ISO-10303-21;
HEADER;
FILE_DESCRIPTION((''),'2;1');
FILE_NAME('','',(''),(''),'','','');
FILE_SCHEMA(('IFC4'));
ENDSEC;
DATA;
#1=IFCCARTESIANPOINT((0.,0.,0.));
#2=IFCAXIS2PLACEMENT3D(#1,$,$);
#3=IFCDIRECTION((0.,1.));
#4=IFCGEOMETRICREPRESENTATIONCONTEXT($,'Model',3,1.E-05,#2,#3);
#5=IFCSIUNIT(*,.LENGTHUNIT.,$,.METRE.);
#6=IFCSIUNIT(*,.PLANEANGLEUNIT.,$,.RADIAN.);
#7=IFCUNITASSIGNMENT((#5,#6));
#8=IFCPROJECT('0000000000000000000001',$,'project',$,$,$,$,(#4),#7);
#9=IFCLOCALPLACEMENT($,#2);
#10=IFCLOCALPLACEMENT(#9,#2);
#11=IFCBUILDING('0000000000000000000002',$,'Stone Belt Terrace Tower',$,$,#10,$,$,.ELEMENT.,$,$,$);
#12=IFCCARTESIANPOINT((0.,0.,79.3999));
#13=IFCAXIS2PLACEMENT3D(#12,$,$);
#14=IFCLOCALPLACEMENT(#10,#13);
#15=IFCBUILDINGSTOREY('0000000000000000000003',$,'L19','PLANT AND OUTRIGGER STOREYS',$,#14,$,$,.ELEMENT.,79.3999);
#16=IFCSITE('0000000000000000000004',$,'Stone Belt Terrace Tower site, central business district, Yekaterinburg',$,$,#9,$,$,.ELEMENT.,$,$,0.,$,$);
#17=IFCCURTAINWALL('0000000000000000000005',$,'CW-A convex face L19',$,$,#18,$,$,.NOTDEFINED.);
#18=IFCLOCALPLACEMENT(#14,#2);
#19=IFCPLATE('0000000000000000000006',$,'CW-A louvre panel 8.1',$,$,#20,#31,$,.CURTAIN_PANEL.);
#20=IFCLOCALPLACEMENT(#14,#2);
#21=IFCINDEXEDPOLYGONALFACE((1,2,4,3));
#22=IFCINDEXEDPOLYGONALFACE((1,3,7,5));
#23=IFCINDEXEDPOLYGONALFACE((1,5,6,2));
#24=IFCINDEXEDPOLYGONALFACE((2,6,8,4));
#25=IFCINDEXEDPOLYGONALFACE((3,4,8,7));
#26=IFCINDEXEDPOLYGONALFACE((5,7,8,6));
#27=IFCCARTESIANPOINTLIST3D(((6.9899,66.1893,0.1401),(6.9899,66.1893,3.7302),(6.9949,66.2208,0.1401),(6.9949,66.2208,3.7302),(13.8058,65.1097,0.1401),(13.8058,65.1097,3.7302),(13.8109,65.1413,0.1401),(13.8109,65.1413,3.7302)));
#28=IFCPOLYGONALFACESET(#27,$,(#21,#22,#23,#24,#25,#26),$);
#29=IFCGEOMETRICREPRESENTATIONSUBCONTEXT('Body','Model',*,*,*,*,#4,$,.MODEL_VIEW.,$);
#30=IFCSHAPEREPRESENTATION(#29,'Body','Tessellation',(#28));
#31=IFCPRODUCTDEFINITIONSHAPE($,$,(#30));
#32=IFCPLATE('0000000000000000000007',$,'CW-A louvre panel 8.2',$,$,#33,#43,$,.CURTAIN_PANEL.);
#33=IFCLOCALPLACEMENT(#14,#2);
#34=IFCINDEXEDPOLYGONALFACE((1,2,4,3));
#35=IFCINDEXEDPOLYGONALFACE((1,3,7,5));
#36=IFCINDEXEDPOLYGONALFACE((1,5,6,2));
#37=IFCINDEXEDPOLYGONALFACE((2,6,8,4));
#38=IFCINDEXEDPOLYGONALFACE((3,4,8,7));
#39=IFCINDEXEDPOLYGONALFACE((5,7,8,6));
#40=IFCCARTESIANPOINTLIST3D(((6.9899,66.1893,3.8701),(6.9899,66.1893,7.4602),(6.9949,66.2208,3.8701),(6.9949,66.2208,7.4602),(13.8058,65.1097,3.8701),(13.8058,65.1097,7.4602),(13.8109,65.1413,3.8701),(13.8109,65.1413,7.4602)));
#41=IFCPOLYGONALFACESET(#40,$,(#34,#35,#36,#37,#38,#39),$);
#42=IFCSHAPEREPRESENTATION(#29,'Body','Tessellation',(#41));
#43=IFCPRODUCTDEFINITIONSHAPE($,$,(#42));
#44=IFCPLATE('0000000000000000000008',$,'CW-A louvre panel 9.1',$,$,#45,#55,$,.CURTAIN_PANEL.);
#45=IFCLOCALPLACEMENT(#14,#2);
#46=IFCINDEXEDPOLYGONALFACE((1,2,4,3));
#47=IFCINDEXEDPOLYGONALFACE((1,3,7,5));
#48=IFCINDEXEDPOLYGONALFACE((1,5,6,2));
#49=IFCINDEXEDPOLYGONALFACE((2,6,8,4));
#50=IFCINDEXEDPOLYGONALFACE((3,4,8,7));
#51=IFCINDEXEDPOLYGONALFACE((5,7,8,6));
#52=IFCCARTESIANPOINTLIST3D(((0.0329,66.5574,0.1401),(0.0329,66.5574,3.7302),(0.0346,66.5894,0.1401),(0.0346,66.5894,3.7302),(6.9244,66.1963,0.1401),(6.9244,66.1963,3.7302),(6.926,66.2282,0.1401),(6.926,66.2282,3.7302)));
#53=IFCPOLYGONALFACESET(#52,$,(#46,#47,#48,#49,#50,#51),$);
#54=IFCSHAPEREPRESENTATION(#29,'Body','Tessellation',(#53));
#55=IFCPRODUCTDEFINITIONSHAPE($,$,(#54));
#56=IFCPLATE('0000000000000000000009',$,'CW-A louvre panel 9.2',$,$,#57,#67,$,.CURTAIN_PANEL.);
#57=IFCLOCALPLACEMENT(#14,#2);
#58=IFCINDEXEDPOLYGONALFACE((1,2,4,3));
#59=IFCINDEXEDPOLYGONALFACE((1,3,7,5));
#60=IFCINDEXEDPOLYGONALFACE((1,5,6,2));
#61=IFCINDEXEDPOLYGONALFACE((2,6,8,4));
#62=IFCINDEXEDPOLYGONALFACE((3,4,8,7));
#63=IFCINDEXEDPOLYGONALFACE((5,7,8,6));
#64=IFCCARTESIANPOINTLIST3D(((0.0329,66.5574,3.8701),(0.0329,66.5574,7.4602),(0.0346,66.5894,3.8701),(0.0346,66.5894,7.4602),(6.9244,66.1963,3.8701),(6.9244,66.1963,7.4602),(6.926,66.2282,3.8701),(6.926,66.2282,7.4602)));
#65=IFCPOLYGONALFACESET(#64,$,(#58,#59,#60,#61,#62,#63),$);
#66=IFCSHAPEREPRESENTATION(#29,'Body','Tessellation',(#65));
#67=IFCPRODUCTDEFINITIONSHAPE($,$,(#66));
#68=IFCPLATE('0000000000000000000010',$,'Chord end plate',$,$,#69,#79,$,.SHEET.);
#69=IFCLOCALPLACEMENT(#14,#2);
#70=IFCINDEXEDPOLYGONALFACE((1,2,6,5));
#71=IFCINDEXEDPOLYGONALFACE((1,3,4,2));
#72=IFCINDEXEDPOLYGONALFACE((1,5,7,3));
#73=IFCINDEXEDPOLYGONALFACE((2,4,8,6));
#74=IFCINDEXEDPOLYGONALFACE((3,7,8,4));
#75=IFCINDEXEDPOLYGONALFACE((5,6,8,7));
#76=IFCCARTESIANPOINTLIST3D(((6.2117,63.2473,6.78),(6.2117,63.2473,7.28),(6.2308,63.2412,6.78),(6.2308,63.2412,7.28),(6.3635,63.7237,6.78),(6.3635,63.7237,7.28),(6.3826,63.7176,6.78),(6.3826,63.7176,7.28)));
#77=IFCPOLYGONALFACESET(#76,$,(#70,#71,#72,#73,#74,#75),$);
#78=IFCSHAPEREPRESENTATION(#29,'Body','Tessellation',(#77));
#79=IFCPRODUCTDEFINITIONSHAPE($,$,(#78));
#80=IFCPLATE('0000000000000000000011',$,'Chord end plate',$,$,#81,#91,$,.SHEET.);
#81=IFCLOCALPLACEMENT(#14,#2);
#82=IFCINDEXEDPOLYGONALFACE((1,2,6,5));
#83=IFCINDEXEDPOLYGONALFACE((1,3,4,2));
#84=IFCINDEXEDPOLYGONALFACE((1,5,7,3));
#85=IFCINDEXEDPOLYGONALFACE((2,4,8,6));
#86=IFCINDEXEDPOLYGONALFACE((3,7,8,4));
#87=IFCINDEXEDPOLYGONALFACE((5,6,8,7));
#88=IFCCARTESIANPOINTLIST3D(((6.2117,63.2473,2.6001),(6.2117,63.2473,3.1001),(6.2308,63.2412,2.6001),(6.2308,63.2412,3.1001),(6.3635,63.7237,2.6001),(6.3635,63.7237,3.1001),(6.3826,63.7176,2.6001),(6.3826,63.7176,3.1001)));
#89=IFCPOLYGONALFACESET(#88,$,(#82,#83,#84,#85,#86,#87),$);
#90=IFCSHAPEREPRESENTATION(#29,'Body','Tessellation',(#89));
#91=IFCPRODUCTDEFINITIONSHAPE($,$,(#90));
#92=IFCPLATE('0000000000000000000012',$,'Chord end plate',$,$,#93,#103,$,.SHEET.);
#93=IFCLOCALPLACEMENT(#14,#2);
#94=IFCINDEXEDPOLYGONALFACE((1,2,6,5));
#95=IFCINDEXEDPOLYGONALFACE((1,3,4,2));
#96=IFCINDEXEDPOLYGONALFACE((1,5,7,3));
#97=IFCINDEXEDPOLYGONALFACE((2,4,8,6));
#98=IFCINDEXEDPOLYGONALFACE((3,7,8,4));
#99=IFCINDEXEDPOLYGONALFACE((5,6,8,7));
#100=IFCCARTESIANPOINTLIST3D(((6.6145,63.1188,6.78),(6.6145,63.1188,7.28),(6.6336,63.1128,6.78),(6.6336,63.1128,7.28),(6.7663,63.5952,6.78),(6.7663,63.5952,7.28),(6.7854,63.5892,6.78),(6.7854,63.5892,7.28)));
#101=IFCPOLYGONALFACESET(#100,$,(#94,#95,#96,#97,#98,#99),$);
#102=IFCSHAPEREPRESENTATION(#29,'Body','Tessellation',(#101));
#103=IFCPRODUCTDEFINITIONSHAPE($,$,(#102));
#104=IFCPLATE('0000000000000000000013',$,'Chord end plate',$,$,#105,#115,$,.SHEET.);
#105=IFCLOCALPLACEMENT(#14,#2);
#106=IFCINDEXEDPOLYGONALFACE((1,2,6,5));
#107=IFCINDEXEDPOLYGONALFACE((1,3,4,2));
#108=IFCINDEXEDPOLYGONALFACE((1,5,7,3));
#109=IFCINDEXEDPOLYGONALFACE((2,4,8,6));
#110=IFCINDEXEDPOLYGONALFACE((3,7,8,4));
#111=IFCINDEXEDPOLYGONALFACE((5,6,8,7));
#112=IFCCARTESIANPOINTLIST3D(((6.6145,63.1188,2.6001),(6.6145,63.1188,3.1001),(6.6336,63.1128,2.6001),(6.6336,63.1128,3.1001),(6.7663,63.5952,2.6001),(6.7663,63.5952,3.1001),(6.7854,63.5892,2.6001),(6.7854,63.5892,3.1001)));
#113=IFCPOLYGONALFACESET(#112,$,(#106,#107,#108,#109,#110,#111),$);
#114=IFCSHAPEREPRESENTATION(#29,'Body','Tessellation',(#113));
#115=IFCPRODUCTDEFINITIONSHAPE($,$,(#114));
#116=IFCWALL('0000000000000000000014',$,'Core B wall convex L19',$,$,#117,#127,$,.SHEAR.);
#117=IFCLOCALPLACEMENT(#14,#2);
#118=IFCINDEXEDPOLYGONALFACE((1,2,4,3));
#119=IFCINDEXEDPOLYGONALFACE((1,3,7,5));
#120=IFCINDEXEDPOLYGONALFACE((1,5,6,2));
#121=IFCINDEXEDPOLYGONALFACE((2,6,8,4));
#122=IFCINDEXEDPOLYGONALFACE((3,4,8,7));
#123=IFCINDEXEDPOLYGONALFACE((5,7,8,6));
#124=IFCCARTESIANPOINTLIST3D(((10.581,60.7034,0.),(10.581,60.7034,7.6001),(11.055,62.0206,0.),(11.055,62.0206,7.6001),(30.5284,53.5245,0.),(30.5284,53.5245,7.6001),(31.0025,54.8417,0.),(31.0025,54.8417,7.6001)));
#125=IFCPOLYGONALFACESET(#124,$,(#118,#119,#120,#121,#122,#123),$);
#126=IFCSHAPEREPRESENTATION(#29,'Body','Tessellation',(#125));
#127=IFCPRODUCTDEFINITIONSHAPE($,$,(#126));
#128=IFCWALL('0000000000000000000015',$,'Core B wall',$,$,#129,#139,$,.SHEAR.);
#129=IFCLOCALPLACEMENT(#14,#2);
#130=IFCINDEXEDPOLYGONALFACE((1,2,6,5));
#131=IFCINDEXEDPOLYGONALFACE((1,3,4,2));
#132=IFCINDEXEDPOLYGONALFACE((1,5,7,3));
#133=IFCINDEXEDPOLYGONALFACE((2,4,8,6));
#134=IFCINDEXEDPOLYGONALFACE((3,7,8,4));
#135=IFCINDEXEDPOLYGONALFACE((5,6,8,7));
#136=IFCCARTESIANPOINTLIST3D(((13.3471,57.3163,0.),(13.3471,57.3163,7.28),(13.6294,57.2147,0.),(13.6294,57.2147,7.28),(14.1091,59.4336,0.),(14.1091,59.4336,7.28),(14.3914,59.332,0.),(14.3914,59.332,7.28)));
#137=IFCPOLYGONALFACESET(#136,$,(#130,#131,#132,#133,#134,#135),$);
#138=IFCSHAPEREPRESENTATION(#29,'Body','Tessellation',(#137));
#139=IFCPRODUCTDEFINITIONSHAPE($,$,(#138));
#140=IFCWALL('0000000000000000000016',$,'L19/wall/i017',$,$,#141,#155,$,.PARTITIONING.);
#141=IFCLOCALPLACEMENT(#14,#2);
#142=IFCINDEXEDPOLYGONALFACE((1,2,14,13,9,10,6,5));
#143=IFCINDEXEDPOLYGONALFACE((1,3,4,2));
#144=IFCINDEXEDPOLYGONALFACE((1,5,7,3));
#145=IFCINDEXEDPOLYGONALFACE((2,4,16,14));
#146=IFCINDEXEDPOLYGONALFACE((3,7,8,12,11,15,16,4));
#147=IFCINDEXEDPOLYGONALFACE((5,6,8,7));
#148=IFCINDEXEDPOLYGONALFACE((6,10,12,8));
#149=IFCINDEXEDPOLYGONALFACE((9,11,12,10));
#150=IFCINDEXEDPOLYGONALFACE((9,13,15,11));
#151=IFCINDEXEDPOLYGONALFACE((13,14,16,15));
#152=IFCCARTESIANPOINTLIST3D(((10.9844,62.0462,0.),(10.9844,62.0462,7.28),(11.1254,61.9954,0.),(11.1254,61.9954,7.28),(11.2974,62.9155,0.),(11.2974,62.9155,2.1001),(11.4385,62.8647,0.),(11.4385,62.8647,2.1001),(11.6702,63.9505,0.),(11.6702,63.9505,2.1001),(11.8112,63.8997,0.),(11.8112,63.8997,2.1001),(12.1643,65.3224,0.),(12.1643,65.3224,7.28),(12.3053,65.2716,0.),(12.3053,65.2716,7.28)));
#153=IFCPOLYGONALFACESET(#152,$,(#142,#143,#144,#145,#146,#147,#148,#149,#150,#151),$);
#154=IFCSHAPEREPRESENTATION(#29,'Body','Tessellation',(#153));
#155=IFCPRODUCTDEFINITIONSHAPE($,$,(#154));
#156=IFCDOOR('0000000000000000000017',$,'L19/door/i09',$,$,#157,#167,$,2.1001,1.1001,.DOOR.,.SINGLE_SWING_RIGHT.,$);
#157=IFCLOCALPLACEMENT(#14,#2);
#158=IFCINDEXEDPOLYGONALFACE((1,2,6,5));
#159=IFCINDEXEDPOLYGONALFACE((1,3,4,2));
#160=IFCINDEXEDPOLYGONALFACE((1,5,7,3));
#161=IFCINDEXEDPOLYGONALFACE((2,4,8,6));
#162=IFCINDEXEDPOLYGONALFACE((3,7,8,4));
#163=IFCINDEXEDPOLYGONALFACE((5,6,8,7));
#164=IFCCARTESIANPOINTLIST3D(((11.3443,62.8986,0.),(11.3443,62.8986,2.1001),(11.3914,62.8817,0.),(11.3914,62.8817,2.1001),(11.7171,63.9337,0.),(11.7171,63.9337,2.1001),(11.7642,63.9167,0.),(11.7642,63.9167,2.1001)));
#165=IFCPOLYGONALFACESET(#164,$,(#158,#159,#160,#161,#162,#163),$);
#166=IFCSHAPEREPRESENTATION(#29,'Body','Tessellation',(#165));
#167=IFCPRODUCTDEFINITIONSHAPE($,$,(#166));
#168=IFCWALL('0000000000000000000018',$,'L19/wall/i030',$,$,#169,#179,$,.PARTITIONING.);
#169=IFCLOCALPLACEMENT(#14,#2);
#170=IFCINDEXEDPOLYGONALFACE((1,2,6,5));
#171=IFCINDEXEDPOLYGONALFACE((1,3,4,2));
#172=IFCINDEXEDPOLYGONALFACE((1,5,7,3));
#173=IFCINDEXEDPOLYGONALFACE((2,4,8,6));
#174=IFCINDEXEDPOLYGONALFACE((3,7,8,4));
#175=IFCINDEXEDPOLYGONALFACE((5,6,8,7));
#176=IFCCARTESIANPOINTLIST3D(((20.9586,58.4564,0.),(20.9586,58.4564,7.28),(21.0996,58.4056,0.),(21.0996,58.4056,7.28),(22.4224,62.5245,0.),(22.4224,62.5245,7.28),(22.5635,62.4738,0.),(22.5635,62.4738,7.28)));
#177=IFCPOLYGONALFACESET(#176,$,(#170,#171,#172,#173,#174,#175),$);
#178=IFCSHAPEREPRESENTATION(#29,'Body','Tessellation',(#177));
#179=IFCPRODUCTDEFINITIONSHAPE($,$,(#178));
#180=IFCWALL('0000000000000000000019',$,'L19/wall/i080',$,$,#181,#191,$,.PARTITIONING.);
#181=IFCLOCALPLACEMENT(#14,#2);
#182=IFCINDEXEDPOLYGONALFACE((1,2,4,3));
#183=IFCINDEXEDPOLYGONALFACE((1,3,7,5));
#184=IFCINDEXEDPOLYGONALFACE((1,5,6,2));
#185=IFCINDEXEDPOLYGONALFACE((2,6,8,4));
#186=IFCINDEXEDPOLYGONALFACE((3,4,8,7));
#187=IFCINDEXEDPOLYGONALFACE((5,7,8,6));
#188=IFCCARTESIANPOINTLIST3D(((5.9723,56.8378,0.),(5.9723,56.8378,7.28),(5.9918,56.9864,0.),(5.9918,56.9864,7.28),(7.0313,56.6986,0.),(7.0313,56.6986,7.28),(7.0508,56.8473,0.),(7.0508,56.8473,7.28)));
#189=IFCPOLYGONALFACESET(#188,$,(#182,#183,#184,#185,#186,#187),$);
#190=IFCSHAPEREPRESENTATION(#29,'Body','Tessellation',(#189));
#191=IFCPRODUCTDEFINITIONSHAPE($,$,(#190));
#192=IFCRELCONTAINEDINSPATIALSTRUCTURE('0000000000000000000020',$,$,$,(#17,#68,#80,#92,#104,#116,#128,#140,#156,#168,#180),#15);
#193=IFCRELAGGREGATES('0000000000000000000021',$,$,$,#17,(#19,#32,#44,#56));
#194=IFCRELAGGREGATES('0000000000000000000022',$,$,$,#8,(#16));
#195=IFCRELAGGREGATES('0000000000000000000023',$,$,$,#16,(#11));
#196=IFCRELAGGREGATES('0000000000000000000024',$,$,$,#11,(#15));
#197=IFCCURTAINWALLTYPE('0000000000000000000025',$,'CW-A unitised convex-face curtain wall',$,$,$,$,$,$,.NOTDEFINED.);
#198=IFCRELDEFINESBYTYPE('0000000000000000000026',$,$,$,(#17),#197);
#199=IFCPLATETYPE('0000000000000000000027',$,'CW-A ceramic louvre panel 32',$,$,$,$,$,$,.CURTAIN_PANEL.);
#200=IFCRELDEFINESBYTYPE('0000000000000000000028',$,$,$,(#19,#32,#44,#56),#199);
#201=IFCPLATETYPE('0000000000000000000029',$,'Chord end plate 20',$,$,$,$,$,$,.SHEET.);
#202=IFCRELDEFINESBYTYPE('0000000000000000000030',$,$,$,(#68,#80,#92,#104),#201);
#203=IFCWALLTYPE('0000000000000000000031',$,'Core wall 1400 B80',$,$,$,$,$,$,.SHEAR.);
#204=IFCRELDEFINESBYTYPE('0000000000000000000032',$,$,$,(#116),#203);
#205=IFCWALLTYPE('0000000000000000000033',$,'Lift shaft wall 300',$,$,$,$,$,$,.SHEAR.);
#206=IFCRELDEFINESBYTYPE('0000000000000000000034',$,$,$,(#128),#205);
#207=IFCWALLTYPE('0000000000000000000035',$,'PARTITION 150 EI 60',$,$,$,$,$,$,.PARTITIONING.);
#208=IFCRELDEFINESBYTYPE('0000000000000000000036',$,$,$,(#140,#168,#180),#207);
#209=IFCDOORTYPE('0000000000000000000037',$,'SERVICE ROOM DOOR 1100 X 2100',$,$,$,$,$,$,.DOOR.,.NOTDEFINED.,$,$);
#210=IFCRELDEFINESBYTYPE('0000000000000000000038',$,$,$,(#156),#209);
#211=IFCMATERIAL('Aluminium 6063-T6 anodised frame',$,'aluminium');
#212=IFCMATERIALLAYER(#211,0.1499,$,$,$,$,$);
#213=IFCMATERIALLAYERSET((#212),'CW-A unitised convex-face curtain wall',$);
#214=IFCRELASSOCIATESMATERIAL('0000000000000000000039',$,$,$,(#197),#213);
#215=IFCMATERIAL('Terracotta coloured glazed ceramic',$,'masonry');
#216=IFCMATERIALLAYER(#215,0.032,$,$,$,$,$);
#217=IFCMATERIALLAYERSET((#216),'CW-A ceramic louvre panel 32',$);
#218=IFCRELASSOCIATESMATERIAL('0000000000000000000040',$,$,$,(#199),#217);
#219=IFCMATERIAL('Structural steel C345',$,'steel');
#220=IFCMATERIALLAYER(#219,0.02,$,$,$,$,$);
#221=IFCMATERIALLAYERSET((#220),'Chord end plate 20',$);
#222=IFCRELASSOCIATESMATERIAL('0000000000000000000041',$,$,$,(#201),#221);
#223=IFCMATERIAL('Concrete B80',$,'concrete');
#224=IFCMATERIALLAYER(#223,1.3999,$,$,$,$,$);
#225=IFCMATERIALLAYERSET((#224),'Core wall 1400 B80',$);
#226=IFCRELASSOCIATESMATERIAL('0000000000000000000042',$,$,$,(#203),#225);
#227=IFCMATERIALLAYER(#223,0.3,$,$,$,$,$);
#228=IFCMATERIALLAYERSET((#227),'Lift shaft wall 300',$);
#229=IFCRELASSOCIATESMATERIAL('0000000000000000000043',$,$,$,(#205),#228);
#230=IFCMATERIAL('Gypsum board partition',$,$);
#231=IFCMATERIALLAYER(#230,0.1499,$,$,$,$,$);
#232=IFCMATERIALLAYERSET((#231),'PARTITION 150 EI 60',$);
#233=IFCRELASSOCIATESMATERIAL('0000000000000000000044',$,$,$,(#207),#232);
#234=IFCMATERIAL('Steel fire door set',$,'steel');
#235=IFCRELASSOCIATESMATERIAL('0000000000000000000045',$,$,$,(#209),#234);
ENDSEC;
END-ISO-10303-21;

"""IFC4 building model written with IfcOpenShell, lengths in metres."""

from ifc_helpers import new_model, si_unit, direction, frame, frame_2d, origin, origin_2d, place, context, subcontext, project, spatial, rectangle, extrude, material, layer, layer_set, type_object, element, fill, aggregate, save


model = new_model("IFC4")

# Units and contexts
model_context = context("Model", 3, precision=1e-05, world=origin(), true_north=direction((0.0, 1.0)))
body_context = subcontext(model_context, "Body", "Model", "MODEL_VIEW")
ifc_project = project(units=[si_unit("LENGTHUNIT", "METRE"), si_unit("PLANEANGLEUNIT", "RADIAN")], contexts=[model_context])

# Site, building, storey
site_placement = place(None, origin())
site = spatial("IfcSite", under=ifc_project, at=site_placement, Name="Stone Belt Terrace Tower site, central business district, Yekaterinburg", CompositionType="ELEMENT", RefElevation=0.0)
building_placement = place(site_placement, origin())
building = spatial("IfcBuilding", under=site, at=building_placement, Name="Stone Belt Terrace Tower", CompositionType="ELEMENT")
storey_placement = place(building_placement, frame((0.0, 0.0, 79.3999)))
storey = spatial("IfcBuildingStorey", under=building, at=storey_placement, Name="L19", Description="PLANT AND OUTRIGGER STOREYS", CompositionType="ELEMENT", Elevation=79.3999)

# Shared definitions
ifc_material_1 = material(Name="Concrete B80", Category="concrete")

# Curtain wall
ifc_material_2 = material(Name="Aluminium 6063-T6 anodised frame", Category="aluminium")
ifc_layer_1 = layer(ifc_material_2, 0.1499)
ifc_layer_set_1 = layer_set([ifc_layer_1], Name="CW-A unitised convex-face curtain wall")
curtain_wall_type = type_object("IfcCurtainWallType", Name="CW-A unitised convex-face curtain wall", PredefinedType="NOTDEFINED", material=ifc_layer_set_1)
curtain_wall_placement = place(storey_placement, origin())
curtain_wall = element("IfcCurtainWall", 1, at=curtain_wall_placement, inside=storey, type_object=curtain_wall_type, Name="CW-A convex face L19", PredefinedType="NOTDEFINED")

# Shared definitions
ifc_material_3 = material(Name="Structural steel C345", Category="steel")

# Plates
ifc_material_4 = material(Name="Terracotta coloured glazed ceramic", Category="masonry")
ifc_layer_2 = layer(ifc_material_4, 0.032)
ifc_layer_set_2 = layer_set([ifc_layer_2], Name="CW-A ceramic louvre panel 32")
plate_type_1 = type_object("IfcPlateType", Name="CW-A ceramic louvre panel 32", PredefinedType="CURTAIN_PANEL", material=ifc_layer_set_2)
plate_1_placement = place(storey_placement, frame((10.4004, 65.6653, 0.1401), z_axis=(0.0, 0.0, 1.0), x_axis=(-0.987688, 0.156434, 0.0)))
plate_1 = element("IfcPlate", 2, at=plate_1_placement, type_object=plate_type_1, Name="CW-A louvre panel 8.1", PredefinedType="CURTAIN_PANEL", context=body_context, shape_type="SweptSolid", body=[
    extrude(rectangle(XDim=6.9009, YDim=0.032, at=origin_2d()), origin(), (0.0, 0.0, 1.0), 3.5901),
])
plate_2_placement = place(storey_placement, frame((10.4004, 65.6653, 3.8701), z_axis=(0.0, 0.0, 1.0), x_axis=(-0.987688, 0.156434, 0.0)))
plate_2 = element("IfcPlate", 3, at=plate_2_placement, type_object=plate_type_1, Name="CW-A louvre panel 8.2", PredefinedType="CURTAIN_PANEL", context=body_context, shape_type="SweptSolid", body=[
    extrude(rectangle(XDim=6.9009, YDim=0.032, at=origin_2d()), origin(), (0.0, 0.0, 1.0), 3.5901),
])
plate_3_placement = place(storey_placement, frame((3.4795, 66.3928, 0.1401), z_axis=(0.0, 0.0, 1.0), x_axis=(-0.99863, 0.052336, 0.0)))
plate_3 = element("IfcPlate", 4, at=plate_3_placement, type_object=plate_type_1, Name="CW-A louvre panel 9.1", PredefinedType="CURTAIN_PANEL", context=body_context, shape_type="SweptSolid", body=[
    extrude(rectangle(XDim=6.9009, YDim=0.032, at=origin_2d()), origin(), (0.0, 0.0, 1.0), 3.5901),
])
plate_4_placement = place(storey_placement, frame((3.4795, 66.3928, 3.8701), z_axis=(0.0, 0.0, 1.0), x_axis=(-0.99863, 0.052336, 0.0)))
plate_4 = element("IfcPlate", 5, at=plate_4_placement, type_object=plate_type_1, Name="CW-A louvre panel 9.2", PredefinedType="CURTAIN_PANEL", context=body_context, shape_type="SweptSolid", body=[
    extrude(rectangle(XDim=6.9009, YDim=0.032, at=origin_2d()), origin(), (0.0, 0.0, 1.0), 3.5901),
])
aggregate(curtain_wall, [plate_1, plate_2, plate_3, plate_4])

# Plates
ifc_layer_3 = layer(ifc_material_3, 0.02)
ifc_layer_set_3 = layer_set([ifc_layer_3], Name="Chord end plate 20")
plate_type_2 = type_object("IfcPlateType", Name="Chord end plate 20", PredefinedType="SHEET", material=ifc_layer_set_3)
for number, where, z_axis, x_axis, name in (
    (6, (6.2971, 63.4824, 6.78), (0.0, 0.0, 1.0), (0.952799, -0.303602, 0.0), "Chord end plate"),
    (7, (6.2971, 63.4824, 2.6001), (0.0, 0.0, 1.0), (0.952799, -0.303602, 0.0), "Chord end plate"),
    (8, (6.7, 63.354, 6.78), (0.0, 0.0, 1.0), (-0.952799, 0.303602, 0.0), "Chord end plate"),
    (9, (6.7, 63.354, 2.6001), (0.0, 0.0, 1.0), (-0.952799, 0.303602, 0.0), "Chord end plate"),
):
    element("IfcPlate", number, at=place(storey_placement, frame(where, z_axis=z_axis, x_axis=x_axis)), inside=storey, type_object=plate_type_2, Name=name, PredefinedType="SHEET", context=body_context, shape_type="SweptSolid", body=[
        extrude(rectangle(XDim=0.02, YDim=0.5, at=origin_2d()), origin(), (0.0, 0.0, 1.0), 0.5),
    ])

# Walls
ifc_layer_4 = layer(ifc_material_1, 1.3999)
ifc_layer_set_4 = layer_set([ifc_layer_4], Name="Core wall 1400 B80")
wall_type_1 = type_object("IfcWallType", Name="Core wall 1400 B80", PredefinedType="SHEAR", material=ifc_layer_set_4)
wall_1_placement = place(storey_placement, frame((10.8179, 61.3621, 0.0), z_axis=(0.0, 0.0, 1.0), x_axis=(0.94092, -0.33863, 0.0)))
element("IfcWall", 10, at=wall_1_placement, inside=storey, type_object=wall_type_1, Name="Core B wall convex L19", PredefinedType="SHEAR", context=body_context, shape_type="SweptSolid", body=[
    extrude(rectangle(XDim=21.2, YDim=1.3999, at=frame_2d((10.6001, 0.0))), origin(), (0.0, 0.0, 1.0), 7.6001),
])
ifc_layer_5 = layer(ifc_material_1, 0.3)
ifc_layer_set_5 = layer_set([ifc_layer_5], Name="Lift shaft wall 300")
wall_type_2 = type_object("IfcWallType", Name="Lift shaft wall 300", PredefinedType="SHEAR", material=ifc_layer_set_5)
wall_2_placement = place(storey_placement, frame((13.4883, 57.2656, 0.0), z_axis=(0.0, 0.0, 1.0), x_axis=(0.338631, 0.940919, 0.0)))
element("IfcWall", 11, at=wall_2_placement, inside=storey, type_object=wall_type_2, Name="Core B wall", PredefinedType="SHEAR", context=body_context, shape_type="SweptSolid", body=[
    extrude(rectangle(XDim=2.2502, YDim=0.3, at=frame_2d((1.125, 0.0))), origin(), (0.0, 0.0, 1.0), 7.28),
])

# Wall, opening, door
ifc_material_5 = material(Name="Gypsum board partition")
ifc_layer_6 = layer(ifc_material_5, 0.1499)
ifc_layer_set_6 = layer_set([ifc_layer_6], Name="PARTITION 150 EI 60")
wall_type_3 = type_object("IfcWallType", Name="PARTITION 150 EI 60", PredefinedType="PARTITIONING", material=ifc_layer_set_6)
wall_3_placement = place(storey_placement, frame((12.2349, 65.2971, 0.0), z_axis=(0.0, 0.0, 1.0), x_axis=(-0.338854, -0.940839, 0.0)))
wall_3 = element("IfcWall", 12, at=wall_3_placement, inside=storey, type_object=wall_type_3, Name="L19/wall/i017", PredefinedType="PARTITIONING", context=body_context, shape_type="SweptSolid", body=[
    extrude(rectangle(XDim=3.4822, YDim=0.1499, at=frame_2d((1.7412, 0.0))), origin(), (0.0, 0.0, 1.0), 7.28),
])
opening_placement = place(wall_3_placement, frame((1.4583, 0.0, 0.0)))
opening = element("IfcOpeningElement", 13, at=opening_placement, cuts=wall_3, PredefinedType="OPENING", context=body_context, shape_type="SweptSolid", body=[
    extrude(rectangle(XDim=1.1001, YDim=2.1001, at=frame_2d((0.55, 1.05))), frame((0.0, 0.085, 0.0), z_axis=(0.0, -1.0, 0.0), x_axis=(1.0, 0.0, 0.0)), (0.0, 0.0, 1.0), 0.1699),
])
ifc_material_6 = material(Name="Steel fire door set", Category="steel")
door_type = type_object("IfcDoorType", Name="SERVICE ROOM DOOR 1100 X 2100", OperationType="NOTDEFINED", PredefinedType="DOOR", material=ifc_material_6)
door_placement = place(opening_placement, origin())
door = element("IfcDoor", 14, at=door_placement, inside=storey, type_object=door_type, Name="L19/door/i09", OperationType="SINGLE_SWING_RIGHT", OverallHeight=2.1001, OverallWidth=1.1001, PredefinedType="DOOR", context=body_context, shape_type="SweptSolid", body=[
    extrude(rectangle(XDim=1.1001, YDim=2.1001, at=frame_2d((0.55, 1.05))), frame((0.0, 0.0249, 0.0), z_axis=(0.0, -1.0, 0.0), x_axis=(1.0, 0.0, 0.0)), (0.0, 0.0, 1.0), 0.05),
])
fill(opening, door)

# Walls
wall_4_placement = place(storey_placement, frame((22.4929, 62.499, 0.0), z_axis=(0.0, 0.0, 1.0), x_axis=(-0.338585, -0.940936, 0.0)))
element("IfcWall", 15, at=wall_4_placement, inside=storey, type_object=wall_type_3, Name="L19/wall/i030", PredefinedType="PARTITIONING", context=body_context, shape_type="SweptSolid", body=[
    extrude(rectangle(XDim=4.3235, YDim=0.1499, at=frame_2d((2.1616, 0.0))), origin(), (0.0, 0.0, 1.0), 7.28),
])
wall_5_placement = place(storey_placement, frame((5.9819, 56.9121, 0.0), z_axis=(0.0, 0.0, 1.0), x_axis=(0.991478, -0.130277, 0.0)))
element("IfcWall", 16, at=wall_5_placement, inside=storey, type_object=wall_type_3, Name="L19/wall/i080", PredefinedType="PARTITIONING", context=body_context, shape_type="SweptSolid", body=[
    extrude(rectangle(XDim=1.0681, YDim=0.1499, at=frame_2d((0.5342, 0.0))), origin(), (0.0, 0.0, 1.0), 7.28),
])

save(model, "model.ifc")
